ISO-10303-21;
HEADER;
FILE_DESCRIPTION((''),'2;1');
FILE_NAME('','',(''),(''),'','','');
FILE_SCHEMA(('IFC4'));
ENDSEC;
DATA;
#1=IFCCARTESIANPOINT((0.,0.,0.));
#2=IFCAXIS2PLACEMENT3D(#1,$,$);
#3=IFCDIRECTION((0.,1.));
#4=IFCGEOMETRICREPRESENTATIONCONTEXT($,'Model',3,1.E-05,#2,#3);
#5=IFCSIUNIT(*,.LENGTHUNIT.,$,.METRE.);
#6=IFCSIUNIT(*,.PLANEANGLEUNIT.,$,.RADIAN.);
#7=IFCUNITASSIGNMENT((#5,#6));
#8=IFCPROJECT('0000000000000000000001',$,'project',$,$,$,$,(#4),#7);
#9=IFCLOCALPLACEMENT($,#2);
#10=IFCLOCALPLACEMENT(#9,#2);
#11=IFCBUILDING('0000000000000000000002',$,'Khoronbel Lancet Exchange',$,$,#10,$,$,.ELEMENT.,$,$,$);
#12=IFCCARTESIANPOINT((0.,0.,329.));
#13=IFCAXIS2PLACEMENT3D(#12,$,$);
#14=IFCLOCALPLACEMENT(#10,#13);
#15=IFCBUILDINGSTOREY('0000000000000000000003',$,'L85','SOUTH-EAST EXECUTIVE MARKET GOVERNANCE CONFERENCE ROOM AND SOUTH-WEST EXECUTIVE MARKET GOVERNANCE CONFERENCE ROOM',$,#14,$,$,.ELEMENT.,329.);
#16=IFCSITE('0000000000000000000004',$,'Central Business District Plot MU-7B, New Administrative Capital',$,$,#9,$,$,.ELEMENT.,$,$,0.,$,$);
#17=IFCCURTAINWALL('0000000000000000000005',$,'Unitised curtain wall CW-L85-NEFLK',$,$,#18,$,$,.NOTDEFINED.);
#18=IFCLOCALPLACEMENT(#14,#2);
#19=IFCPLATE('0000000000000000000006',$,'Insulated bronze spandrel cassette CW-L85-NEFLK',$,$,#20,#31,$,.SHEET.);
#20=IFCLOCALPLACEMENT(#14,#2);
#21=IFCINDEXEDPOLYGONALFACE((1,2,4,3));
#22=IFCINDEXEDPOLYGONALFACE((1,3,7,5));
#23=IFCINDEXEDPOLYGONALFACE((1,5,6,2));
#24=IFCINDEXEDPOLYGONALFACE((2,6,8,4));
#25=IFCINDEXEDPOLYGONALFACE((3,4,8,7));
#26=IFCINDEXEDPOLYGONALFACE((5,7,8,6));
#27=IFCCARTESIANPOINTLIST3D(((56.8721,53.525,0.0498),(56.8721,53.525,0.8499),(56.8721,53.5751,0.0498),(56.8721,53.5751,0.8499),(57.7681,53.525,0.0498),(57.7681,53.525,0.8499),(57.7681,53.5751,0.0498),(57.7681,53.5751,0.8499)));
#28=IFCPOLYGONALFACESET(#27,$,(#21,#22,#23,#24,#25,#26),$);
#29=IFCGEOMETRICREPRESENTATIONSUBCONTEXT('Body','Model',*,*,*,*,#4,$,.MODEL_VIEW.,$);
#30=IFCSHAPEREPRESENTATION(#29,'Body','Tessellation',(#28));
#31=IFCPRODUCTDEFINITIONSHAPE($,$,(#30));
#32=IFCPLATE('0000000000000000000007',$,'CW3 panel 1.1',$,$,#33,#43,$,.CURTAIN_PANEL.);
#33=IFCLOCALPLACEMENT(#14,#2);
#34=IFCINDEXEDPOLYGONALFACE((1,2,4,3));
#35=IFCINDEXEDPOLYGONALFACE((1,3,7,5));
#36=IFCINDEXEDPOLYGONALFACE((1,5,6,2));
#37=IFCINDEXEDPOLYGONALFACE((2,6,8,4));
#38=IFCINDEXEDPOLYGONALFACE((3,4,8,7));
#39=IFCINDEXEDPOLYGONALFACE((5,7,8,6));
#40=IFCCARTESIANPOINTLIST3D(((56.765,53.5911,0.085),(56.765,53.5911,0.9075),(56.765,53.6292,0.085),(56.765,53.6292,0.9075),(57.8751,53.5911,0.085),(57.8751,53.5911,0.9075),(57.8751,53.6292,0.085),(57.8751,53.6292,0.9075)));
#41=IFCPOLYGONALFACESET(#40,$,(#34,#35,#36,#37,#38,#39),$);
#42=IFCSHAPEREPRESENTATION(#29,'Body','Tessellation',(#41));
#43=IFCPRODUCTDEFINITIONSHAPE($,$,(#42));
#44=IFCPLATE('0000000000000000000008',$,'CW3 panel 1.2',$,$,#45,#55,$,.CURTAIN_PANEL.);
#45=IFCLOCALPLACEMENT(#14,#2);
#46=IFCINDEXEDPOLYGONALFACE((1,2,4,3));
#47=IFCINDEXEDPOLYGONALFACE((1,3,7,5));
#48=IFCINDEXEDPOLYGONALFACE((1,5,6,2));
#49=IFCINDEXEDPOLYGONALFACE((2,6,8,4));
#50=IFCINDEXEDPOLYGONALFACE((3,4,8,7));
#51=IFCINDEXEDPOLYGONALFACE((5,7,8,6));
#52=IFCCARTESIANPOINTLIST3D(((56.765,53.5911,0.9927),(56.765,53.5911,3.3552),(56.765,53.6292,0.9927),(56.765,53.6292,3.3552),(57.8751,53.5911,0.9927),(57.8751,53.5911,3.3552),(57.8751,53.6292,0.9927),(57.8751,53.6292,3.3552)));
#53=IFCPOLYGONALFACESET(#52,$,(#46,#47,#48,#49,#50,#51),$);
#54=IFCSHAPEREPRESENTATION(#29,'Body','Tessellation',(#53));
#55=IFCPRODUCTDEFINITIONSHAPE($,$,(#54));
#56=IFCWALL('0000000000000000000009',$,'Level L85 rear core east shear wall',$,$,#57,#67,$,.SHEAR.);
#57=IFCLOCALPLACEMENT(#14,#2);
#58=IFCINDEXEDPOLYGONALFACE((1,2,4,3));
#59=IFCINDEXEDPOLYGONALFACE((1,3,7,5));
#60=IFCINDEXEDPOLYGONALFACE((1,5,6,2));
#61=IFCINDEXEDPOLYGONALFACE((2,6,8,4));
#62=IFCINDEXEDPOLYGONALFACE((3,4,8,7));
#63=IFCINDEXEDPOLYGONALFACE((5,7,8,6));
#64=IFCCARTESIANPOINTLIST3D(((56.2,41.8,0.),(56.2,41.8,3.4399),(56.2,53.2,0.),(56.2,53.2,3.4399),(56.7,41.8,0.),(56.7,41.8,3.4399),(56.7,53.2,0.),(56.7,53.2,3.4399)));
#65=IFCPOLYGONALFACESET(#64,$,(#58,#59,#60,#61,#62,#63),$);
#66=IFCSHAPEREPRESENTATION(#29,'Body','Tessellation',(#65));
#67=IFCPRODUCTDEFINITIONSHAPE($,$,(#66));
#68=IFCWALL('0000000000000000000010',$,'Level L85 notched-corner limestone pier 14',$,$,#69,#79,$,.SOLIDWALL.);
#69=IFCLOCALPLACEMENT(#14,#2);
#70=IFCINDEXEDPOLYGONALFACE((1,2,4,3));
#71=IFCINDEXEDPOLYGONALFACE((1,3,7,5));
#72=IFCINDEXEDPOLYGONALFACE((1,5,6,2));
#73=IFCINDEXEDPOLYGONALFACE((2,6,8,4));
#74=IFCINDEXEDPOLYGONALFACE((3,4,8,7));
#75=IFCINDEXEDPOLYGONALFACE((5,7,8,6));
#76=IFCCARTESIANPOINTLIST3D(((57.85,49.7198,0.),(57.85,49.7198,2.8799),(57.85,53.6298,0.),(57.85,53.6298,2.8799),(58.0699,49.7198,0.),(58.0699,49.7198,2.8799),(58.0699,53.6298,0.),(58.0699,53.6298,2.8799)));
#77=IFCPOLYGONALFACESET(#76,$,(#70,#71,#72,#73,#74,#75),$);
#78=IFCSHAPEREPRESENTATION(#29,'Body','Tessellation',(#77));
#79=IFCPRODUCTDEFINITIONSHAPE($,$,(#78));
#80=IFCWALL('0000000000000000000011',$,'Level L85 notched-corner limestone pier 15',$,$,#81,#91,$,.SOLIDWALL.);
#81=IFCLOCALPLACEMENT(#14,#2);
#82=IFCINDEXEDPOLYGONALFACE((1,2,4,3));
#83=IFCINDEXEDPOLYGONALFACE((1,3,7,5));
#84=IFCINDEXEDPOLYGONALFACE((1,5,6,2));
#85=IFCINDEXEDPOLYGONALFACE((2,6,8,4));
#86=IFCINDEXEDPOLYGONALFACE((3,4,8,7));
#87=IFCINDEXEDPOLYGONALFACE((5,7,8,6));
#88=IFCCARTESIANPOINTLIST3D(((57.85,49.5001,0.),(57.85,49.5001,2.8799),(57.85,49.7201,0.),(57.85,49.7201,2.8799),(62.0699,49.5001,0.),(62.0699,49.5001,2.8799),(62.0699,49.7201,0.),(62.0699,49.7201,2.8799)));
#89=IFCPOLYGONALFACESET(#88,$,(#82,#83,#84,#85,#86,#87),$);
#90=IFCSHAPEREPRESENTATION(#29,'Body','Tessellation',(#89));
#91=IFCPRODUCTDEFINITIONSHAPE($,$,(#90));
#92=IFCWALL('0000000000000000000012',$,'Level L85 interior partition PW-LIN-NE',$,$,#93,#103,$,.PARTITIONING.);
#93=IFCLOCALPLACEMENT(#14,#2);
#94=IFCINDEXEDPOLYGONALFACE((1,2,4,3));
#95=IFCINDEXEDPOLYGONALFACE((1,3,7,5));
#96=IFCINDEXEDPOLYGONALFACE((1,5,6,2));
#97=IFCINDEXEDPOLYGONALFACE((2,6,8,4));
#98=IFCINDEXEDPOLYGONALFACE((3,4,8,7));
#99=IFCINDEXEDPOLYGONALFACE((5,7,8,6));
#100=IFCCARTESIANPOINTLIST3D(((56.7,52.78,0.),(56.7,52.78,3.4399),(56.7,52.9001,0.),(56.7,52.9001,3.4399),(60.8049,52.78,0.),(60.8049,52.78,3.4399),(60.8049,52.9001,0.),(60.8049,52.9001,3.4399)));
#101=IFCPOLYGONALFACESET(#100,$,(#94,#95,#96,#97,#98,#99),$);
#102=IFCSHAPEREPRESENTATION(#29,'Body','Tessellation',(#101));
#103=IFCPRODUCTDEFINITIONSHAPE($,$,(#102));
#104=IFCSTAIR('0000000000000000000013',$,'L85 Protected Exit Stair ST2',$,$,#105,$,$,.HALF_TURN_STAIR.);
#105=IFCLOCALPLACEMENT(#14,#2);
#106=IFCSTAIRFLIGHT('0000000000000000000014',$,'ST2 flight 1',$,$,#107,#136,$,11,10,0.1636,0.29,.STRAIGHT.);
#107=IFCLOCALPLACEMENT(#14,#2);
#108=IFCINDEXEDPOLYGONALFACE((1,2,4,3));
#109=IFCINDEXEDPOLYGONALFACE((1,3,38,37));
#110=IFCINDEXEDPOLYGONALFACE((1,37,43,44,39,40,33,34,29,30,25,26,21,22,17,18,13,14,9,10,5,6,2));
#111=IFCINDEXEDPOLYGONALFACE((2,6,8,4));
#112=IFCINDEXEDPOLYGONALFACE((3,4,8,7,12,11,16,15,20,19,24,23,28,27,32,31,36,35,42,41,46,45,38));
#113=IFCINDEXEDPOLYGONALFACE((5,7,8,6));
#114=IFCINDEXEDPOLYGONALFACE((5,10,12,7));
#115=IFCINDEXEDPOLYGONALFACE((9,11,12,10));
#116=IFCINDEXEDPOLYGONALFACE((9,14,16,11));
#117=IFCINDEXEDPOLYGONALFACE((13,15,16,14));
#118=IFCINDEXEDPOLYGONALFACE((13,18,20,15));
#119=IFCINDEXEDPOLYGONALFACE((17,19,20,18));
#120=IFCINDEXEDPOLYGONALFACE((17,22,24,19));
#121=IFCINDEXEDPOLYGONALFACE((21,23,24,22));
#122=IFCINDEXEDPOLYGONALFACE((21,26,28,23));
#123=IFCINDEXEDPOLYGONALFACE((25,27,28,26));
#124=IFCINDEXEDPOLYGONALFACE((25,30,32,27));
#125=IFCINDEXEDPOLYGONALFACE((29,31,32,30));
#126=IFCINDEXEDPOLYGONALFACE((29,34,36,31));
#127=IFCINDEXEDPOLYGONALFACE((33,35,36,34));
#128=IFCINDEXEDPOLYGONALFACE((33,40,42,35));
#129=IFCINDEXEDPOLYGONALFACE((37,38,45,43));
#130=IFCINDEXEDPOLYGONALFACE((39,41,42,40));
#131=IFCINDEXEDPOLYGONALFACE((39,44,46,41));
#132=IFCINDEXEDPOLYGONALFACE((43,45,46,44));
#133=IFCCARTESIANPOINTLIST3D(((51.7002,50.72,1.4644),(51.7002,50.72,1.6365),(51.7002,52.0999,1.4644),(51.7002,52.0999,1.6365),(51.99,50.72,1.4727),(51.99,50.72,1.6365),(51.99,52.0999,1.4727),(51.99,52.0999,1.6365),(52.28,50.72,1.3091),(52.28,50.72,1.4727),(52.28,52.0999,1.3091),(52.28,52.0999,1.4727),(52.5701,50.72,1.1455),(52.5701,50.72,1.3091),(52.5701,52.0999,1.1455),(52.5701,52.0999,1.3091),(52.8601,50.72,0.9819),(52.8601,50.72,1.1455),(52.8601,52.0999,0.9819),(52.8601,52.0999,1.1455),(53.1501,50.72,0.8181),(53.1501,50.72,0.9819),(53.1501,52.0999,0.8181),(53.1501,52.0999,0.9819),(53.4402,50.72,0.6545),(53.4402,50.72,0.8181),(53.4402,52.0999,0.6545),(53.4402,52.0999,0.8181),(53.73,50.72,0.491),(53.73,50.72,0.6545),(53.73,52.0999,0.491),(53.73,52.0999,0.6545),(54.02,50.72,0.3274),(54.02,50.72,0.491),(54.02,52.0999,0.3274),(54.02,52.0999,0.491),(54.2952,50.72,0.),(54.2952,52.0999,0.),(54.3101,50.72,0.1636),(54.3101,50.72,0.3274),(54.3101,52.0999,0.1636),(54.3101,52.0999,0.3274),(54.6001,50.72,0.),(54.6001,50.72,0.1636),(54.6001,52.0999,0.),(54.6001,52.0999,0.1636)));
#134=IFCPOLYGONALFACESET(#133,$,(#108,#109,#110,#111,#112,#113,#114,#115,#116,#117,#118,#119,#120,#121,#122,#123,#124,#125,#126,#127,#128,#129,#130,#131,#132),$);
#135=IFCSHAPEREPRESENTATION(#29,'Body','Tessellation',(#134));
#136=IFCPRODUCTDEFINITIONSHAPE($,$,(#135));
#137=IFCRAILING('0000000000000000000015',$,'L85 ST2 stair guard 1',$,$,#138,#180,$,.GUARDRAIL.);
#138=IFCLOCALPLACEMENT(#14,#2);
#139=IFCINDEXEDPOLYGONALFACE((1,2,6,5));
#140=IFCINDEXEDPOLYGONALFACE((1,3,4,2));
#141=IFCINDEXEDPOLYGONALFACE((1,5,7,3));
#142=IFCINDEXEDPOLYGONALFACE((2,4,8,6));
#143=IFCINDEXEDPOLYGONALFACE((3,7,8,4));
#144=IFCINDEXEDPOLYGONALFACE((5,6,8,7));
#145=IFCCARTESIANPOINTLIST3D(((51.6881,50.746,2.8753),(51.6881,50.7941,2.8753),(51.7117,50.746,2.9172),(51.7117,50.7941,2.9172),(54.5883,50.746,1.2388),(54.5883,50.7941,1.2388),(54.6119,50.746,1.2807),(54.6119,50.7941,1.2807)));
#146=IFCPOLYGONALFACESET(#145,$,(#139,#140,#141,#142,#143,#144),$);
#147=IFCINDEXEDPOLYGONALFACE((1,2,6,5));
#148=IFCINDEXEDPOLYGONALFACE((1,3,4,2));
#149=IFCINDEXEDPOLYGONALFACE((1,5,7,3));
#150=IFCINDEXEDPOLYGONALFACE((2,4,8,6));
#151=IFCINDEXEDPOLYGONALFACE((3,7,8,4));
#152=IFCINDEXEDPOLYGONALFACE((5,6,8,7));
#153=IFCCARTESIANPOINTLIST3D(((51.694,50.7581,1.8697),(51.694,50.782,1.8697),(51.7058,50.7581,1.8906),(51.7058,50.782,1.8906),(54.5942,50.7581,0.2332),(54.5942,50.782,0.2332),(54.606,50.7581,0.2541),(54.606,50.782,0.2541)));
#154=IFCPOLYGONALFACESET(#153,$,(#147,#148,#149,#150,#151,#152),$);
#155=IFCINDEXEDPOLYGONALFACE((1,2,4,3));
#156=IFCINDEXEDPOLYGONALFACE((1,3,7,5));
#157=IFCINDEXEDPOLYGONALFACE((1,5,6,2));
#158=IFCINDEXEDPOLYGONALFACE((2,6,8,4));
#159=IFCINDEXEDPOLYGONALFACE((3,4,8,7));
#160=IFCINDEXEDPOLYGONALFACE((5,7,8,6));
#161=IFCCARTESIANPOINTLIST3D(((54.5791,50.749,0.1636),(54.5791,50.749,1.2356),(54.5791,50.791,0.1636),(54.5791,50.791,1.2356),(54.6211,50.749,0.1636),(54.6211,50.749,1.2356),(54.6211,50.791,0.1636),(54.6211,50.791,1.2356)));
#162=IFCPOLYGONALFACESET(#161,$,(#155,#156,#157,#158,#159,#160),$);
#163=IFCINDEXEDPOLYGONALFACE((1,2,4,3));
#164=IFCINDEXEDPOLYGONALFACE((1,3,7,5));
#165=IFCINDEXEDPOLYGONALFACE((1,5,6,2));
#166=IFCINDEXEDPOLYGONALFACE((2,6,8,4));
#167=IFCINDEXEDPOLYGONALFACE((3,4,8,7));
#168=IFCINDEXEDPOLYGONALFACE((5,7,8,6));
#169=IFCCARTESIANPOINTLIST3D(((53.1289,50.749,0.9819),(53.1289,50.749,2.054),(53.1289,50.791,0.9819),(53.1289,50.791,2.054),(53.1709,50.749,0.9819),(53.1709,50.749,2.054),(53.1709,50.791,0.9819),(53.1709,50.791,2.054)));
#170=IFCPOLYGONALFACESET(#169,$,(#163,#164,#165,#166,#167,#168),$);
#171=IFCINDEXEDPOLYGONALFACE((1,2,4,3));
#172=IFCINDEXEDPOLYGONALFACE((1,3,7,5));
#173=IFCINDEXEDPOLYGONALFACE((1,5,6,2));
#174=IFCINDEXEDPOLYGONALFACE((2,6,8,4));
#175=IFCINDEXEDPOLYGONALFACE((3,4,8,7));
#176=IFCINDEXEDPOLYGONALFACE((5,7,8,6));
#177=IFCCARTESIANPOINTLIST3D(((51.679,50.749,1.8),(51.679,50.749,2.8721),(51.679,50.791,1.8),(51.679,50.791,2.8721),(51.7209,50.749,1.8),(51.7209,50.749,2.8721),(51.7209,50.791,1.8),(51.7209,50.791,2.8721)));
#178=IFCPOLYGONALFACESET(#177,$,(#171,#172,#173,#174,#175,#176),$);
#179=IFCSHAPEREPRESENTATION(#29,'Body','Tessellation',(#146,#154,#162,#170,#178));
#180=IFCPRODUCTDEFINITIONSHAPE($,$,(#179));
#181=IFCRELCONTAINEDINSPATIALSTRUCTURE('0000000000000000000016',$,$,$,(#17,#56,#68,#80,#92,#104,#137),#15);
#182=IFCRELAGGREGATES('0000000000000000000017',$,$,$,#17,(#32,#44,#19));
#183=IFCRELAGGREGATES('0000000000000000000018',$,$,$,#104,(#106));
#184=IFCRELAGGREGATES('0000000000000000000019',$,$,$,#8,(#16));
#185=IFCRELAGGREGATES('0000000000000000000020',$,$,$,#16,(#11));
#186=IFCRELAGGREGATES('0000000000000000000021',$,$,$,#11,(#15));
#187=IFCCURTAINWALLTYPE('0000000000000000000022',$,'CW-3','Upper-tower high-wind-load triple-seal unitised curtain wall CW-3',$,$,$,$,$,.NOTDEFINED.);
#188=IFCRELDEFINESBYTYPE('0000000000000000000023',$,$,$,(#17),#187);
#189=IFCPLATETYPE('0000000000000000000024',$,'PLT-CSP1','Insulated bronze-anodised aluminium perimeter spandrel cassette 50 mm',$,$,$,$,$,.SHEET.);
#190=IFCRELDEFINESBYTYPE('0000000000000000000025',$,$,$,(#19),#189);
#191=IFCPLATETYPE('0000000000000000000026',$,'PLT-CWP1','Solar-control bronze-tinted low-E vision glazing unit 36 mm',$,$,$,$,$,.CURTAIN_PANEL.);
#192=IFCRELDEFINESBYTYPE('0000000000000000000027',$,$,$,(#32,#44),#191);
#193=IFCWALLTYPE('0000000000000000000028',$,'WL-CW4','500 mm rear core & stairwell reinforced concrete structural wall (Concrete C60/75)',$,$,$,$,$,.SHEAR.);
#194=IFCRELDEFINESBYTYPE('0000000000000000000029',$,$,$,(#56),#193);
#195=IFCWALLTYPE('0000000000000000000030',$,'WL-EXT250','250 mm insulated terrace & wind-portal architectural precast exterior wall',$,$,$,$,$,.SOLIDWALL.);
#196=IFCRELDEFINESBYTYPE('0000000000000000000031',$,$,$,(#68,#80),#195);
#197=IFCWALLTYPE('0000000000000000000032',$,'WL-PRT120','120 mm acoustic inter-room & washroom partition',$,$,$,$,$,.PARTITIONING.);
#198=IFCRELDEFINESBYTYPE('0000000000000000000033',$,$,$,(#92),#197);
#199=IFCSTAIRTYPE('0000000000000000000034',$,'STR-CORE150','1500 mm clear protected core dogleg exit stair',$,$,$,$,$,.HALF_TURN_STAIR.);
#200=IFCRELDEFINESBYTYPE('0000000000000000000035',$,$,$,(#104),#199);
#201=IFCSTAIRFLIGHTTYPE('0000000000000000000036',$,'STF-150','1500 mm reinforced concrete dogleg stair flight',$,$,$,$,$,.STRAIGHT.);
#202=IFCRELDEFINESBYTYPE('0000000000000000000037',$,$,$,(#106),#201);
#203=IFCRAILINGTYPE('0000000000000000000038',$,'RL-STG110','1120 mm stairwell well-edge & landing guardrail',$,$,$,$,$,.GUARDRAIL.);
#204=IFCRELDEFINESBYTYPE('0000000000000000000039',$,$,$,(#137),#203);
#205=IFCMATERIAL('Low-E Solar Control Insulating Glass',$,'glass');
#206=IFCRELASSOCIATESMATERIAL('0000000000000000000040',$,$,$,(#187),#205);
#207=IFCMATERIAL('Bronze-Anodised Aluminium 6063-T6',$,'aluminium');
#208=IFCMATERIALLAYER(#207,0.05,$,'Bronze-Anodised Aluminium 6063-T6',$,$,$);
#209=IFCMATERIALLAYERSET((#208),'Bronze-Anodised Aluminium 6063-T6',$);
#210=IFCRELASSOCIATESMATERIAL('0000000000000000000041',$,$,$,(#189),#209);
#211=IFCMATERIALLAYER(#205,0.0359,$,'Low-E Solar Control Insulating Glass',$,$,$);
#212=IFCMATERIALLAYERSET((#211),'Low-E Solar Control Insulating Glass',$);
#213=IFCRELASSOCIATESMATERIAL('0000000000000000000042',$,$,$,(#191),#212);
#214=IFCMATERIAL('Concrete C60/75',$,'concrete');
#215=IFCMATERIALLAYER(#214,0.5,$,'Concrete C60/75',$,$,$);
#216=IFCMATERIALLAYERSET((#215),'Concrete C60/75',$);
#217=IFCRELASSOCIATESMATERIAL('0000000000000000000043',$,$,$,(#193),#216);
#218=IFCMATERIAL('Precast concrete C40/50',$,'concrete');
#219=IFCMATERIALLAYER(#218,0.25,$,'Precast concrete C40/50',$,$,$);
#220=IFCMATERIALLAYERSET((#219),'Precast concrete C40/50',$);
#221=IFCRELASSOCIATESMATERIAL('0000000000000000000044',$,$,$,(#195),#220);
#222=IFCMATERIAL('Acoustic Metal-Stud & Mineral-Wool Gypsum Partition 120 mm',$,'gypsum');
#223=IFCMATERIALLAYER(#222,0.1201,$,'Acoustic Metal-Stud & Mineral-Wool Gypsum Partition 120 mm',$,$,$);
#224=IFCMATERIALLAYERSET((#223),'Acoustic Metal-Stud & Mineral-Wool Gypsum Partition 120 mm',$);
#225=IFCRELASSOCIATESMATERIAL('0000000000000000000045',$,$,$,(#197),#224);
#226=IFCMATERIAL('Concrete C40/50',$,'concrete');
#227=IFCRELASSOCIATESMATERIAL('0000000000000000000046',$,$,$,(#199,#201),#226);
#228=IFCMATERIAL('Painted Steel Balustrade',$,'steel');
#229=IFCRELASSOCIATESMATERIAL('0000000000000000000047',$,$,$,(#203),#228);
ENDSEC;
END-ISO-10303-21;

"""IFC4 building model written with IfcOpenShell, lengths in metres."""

from ifc_helpers import new_model, si_unit, direction, frame, frame_2d, origin, origin_2d, place, context, subcontext, project, spatial, polyline, rectangle, outline, extrude, material, layer, layer_set, type_object, element, aggregate, save


model = new_model("IFC4")

# Units and contexts
model_context = context("Model", 3, precision=1e-05, world=origin(), true_north=direction((0.0, 1.0)))
body_context = subcontext(model_context, "Body", "Model", "MODEL_VIEW")
ifc_project = project(units=[si_unit("LENGTHUNIT", "METRE"), si_unit("PLANEANGLEUNIT", "RADIAN")], contexts=[model_context])

# Site, building, storey
site_placement = place(None, origin())
site = spatial("IfcSite", under=ifc_project, at=site_placement, Name="Central Business District Plot MU-7B, New Administrative Capital", CompositionType="ELEMENT", RefElevation=0.0)
building_placement = place(site_placement, origin())
building = spatial("IfcBuilding", under=site, at=building_placement, Name="Khoronbel Lancet Exchange", CompositionType="ELEMENT")
storey_placement = place(building_placement, frame((0.0, 0.0, 329.0)))
storey = spatial("IfcBuildingStorey", under=building, at=storey_placement, Name="L85", Description="SOUTH-EAST EXECUTIVE MARKET GOVERNANCE CONFERENCE ROOM AND SOUTH-WEST EXECUTIVE MARKET GOVERNANCE CONFERENCE ROOM", CompositionType="ELEMENT", Elevation=329.0)

# Curtain wall, plates
ifc_material_1 = material(Name="Low-E Solar Control Insulating Glass", Category="glass")
curtain_wall_type = type_object("IfcCurtainWallType", Name="CW-3", Description="Upper-tower high-wind-load triple-seal unitised curtain wall CW-3", PredefinedType="NOTDEFINED", material=ifc_material_1)
curtain_wall_placement = place(storey_placement, origin())
curtain_wall = element("IfcCurtainWall", 1, at=curtain_wall_placement, inside=storey, type_object=curtain_wall_type, Name="Unitised curtain wall CW-L85-NEFLK", PredefinedType="NOTDEFINED")
ifc_material_2 = material(Name="Bronze-Anodised Aluminium 6063-T6", Category="aluminium")
ifc_layer_1 = layer(ifc_material_2, 0.05, Name="Bronze-Anodised Aluminium 6063-T6")
ifc_layer_set_1 = layer_set([ifc_layer_1], Name="Bronze-Anodised Aluminium 6063-T6")
plate_type_1 = type_object("IfcPlateType", Name="PLT-CSP1", Description="Insulated bronze-anodised aluminium perimeter spandrel cassette 50 mm", PredefinedType="SHEET", material=ifc_layer_set_1)
plate_1_placement = place(storey_placement, frame((57.3201, 53.55, 0.0498), z_axis=(0.0, 0.0, 1.0), x_axis=(-1.0, 0.0, 0.0)))
plate_1 = element("IfcPlate", 2, at=plate_1_placement, type_object=plate_type_1, Name="Insulated bronze spandrel cassette CW-L85-NEFLK", PredefinedType="SHEET", context=body_context, shape_type="SweptSolid", body=[
    extrude(rectangle(XDim=0.896, YDim=0.05, at=origin_2d()), origin(), (0.0, 0.0, 1.0), 0.8),
])
ifc_layer_2 = layer(ifc_material_1, 0.0359, Name="Low-E Solar Control Insulating Glass")
ifc_layer_set_2 = layer_set([ifc_layer_2], Name="Low-E Solar Control Insulating Glass")
plate_type_2 = type_object("IfcPlateType", Name="PLT-CWP1", Description="Solar-control bronze-tinted low-E vision glazing unit 36 mm", PredefinedType="CURTAIN_PANEL", material=ifc_layer_set_2)
plate_2_placement = place(storey_placement, frame((57.3201, 53.6101, 0.085), z_axis=(0.0, 0.0, 1.0), x_axis=(-1.0, 0.0, 0.0)))
plate_2 = element("IfcPlate", 3, at=plate_2_placement, type_object=plate_type_2, Name="CW3 panel 1.1", PredefinedType="CURTAIN_PANEL", context=body_context, shape_type="SweptSolid", body=[
    extrude(rectangle(XDim=1.1101, YDim=0.0381, at=origin_2d()), origin(), (0.0, 0.0, 1.0), 0.8225),
])
plate_3_placement = place(storey_placement, frame((57.3201, 53.6101, 0.9927), z_axis=(0.0, 0.0, 1.0), x_axis=(-1.0, 0.0, 0.0)))
plate_3 = element("IfcPlate", 4, at=plate_3_placement, type_object=plate_type_2, Name="CW3 panel 1.2", PredefinedType="CURTAIN_PANEL", context=body_context, shape_type="SweptSolid", body=[
    extrude(rectangle(XDim=1.1101, YDim=0.0381, at=origin_2d()), origin(), (0.0, 0.0, 1.0), 2.3625),
])
aggregate(curtain_wall, [plate_2, plate_3, plate_1])

# Walls
ifc_material_3 = material(Name="Concrete C60/75", Category="concrete")
ifc_layer_3 = layer(ifc_material_3, 0.5, Name="Concrete C60/75")
ifc_layer_set_3 = layer_set([ifc_layer_3], Name="Concrete C60/75")
wall_type_1 = type_object("IfcWallType", Name="WL-CW4", Description="500 mm rear core & stairwell reinforced concrete structural wall (Concrete C60/75)", PredefinedType="SHEAR", material=ifc_layer_set_3)
wall_1_placement = place(storey_placement, frame((56.45, 53.2, 0.0), z_axis=(0.0, 0.0, 1.0), x_axis=(0.0, -1.0, 0.0)))
element("IfcWall", 5, at=wall_1_placement, inside=storey, type_object=wall_type_1, Name="Level L85 rear core east shear wall", PredefinedType="SHEAR", context=body_context, shape_type="SweptSolid", body=[
    extrude(rectangle(XDim=11.3999, YDim=0.5, at=frame_2d((5.7, 0.0))), origin(), (0.0, 0.0, 1.0), 3.4399),
])
ifc_material_4 = material(Name="Precast concrete C40/50", Category="concrete")
ifc_layer_4 = layer(ifc_material_4, 0.25, Name="Precast concrete C40/50")
ifc_layer_set_4 = layer_set([ifc_layer_4], Name="Precast concrete C40/50")
wall_type_2 = type_object("IfcWallType", Name="WL-EXT250", Description="250 mm insulated terrace & wind-portal architectural precast exterior wall", PredefinedType="SOLIDWALL", material=ifc_layer_set_4)
wall_2_placement = place(storey_placement, frame((57.96, 53.6299, 0.0), z_axis=(0.0, 0.0, 1.0), x_axis=(0.0, -1.0, 0.0)))
element("IfcWall", 6, at=wall_2_placement, inside=storey, type_object=wall_type_2, Name="Level L85 notched-corner limestone pier 14", PredefinedType="SOLIDWALL", context=body_context, shape_type="SweptSolid", body=[
    extrude(rectangle(XDim=3.9099, YDim=0.22, at=frame_2d((1.9551, 0.0))), origin(), (0.0, 0.0, 1.0), 2.8799),
])
wall_3_placement = place(storey_placement, frame((57.8501, 49.6101, 0.0), z_axis=(0.0, 0.0, 1.0), x_axis=(1.0, 0.0, 0.0)))
element("IfcWall", 7, at=wall_3_placement, inside=storey, type_object=wall_type_2, Name="Level L85 notched-corner limestone pier 15", PredefinedType="SOLIDWALL", context=body_context, shape_type="SweptSolid", body=[
    extrude(rectangle(XDim=4.22, YDim=0.22, at=frame_2d((2.1099, 0.0))), origin(), (0.0, 0.0, 1.0), 2.8799),
])
ifc_material_5 = material(Name="Acoustic Metal-Stud & Mineral-Wool Gypsum Partition 120 mm", Category="gypsum")
ifc_layer_5 = layer(ifc_material_5, 0.1201, Name="Acoustic Metal-Stud & Mineral-Wool Gypsum Partition 120 mm")
ifc_layer_set_5 = layer_set([ifc_layer_5], Name="Acoustic Metal-Stud & Mineral-Wool Gypsum Partition 120 mm")
wall_type_3 = type_object("IfcWallType", Name="WL-PRT120", Description="120 mm acoustic inter-room & washroom partition", PredefinedType="PARTITIONING", material=ifc_layer_set_5)
wall_4_placement = place(storey_placement, frame((56.7, 52.8401, 0.0), z_axis=(0.0, 0.0, 1.0), x_axis=(1.0, 0.0, 0.0)))
element("IfcWall", 8, at=wall_4_placement, inside=storey, type_object=wall_type_3, Name="Level L85 interior partition PW-LIN-NE", PredefinedType="PARTITIONING", context=body_context, shape_type="SweptSolid", body=[
    extrude(rectangle(XDim=4.105, YDim=0.1201, at=frame_2d((2.0525, 0.0))), origin(), (0.0, 0.0, 1.0), 3.4399),
])

# Stair, stair flight
ifc_material_6 = material(Name="Concrete C40/50", Category="concrete")
stair_type = type_object("IfcStairType", Name="STR-CORE150", Description="1500 mm clear protected core dogleg exit stair", PredefinedType="HALF_TURN_STAIR", material=ifc_material_6)
stair_placement = place(storey_placement, origin())
stair = element("IfcStair", 9, at=stair_placement, inside=storey, type_object=stair_type, Name="L85 Protected Exit Stair ST2", PredefinedType="HALF_TURN_STAIR")
stair_flight_type = type_object("IfcStairFlightType", Name="STF-150", Description="1500 mm reinforced concrete dogleg stair flight", PredefinedType="STRAIGHT", material=ifc_material_6)
stair_flight_placement = place(storey_placement, frame((54.6001, 51.4099, 0.0), z_axis=(0.0, 0.0, 1.0), x_axis=(-1.0, 0.0, 0.0)))
stair_flight = element("IfcStairFlight", 10, at=stair_flight_placement, type_object=stair_flight_type, Name="ST2 flight 1", NumberOfRisers=11, NumberOfTreads=10, PredefinedType="STRAIGHT", RiserHeight=0.1636, TreadLength=0.29, context=body_context, shape_type="SweptSolid", body=[
    extrude(outline(polyline([(0.0, 0.0), (0.0, 0.1636), (0.29, 0.1636), (0.29, 0.3274), (0.5801, 0.3274), (0.5801, 0.491), (0.8701, 0.491), (0.8701, 0.6545), (1.1599, 0.6545), (1.1599, 0.8181), (1.45, 0.8181), (1.45, 0.9819), (1.74, 0.9819), (1.74, 1.1455), (2.03, 1.1455), (2.03, 1.3091), (2.3201, 1.3091), (2.3201, 1.4727), (2.6101, 1.4727), (2.6101, 1.6365), (2.8999, 1.6365), (2.8999, 1.8), (2.8999, 1.4644), (0.3049, 0.0), (0.0, 0.0)])), frame((0.0, 0.6899, 0.0), z_axis=(0.0, -1.0, 0.0), x_axis=(1.0, 0.0, 0.0)), (0.0, 0.0, 1.0), 1.3799),
])
aggregate(stair, [stair_flight])

# Railing
ifc_material_7 = material(Name="Painted Steel Balustrade", Category="steel")
railing_type_1 = type_object("IfcRailingType", Name="RL-STG110", Description="1120 mm stairwell well-edge & landing guardrail", PredefinedType="GUARDRAIL", material=ifc_material_7)
railing_1_placement = place(storey_placement, frame((54.6001, 50.77, 0.1636)))
element("IfcRailing", 11, at=railing_1_placement, inside=storey, type_object=railing_type_1, Name="L85 ST2 stair guard 1", PredefinedType="GUARDRAIL", context=body_context, shape_type="SweptSolid", body=[
    extrude(rectangle(XDim=0.0481, YDim=0.0481, at=origin_2d()), frame((0.0, 0.0, 1.0962), z_axis=(-0.870915, 0.0, 0.491434), x_axis=(0.0, -1.0, 0.0)), (0.0, 0.0, 1.0), 3.3301),
    extrude(rectangle(XDim=0.0239, YDim=0.0239, at=origin_2d()), frame((0.0, 0.0, 0.0801), z_axis=(-0.870915, 0.0, 0.491434), x_axis=(0.0, -1.0, 0.0)), (0.0, 0.0, 1.0), 3.3301),
    extrude(rectangle(XDim=0.042, YDim=0.042, at=origin_2d()), origin(), (0.0, 0.0, 1.0), 1.072),
    extrude(rectangle(XDim=0.042, YDim=0.042, at=origin_2d()), frame((-1.4502, 0.0, 0.8184)), (0.0, 0.0, 1.0), 1.072),
    extrude(rectangle(XDim=0.042, YDim=0.042, at=origin_2d()), frame((-2.9001, 0.0, 1.6365)), (0.0, 0.0, 1.0), 1.072),
])

save(model, "model.ifc")
